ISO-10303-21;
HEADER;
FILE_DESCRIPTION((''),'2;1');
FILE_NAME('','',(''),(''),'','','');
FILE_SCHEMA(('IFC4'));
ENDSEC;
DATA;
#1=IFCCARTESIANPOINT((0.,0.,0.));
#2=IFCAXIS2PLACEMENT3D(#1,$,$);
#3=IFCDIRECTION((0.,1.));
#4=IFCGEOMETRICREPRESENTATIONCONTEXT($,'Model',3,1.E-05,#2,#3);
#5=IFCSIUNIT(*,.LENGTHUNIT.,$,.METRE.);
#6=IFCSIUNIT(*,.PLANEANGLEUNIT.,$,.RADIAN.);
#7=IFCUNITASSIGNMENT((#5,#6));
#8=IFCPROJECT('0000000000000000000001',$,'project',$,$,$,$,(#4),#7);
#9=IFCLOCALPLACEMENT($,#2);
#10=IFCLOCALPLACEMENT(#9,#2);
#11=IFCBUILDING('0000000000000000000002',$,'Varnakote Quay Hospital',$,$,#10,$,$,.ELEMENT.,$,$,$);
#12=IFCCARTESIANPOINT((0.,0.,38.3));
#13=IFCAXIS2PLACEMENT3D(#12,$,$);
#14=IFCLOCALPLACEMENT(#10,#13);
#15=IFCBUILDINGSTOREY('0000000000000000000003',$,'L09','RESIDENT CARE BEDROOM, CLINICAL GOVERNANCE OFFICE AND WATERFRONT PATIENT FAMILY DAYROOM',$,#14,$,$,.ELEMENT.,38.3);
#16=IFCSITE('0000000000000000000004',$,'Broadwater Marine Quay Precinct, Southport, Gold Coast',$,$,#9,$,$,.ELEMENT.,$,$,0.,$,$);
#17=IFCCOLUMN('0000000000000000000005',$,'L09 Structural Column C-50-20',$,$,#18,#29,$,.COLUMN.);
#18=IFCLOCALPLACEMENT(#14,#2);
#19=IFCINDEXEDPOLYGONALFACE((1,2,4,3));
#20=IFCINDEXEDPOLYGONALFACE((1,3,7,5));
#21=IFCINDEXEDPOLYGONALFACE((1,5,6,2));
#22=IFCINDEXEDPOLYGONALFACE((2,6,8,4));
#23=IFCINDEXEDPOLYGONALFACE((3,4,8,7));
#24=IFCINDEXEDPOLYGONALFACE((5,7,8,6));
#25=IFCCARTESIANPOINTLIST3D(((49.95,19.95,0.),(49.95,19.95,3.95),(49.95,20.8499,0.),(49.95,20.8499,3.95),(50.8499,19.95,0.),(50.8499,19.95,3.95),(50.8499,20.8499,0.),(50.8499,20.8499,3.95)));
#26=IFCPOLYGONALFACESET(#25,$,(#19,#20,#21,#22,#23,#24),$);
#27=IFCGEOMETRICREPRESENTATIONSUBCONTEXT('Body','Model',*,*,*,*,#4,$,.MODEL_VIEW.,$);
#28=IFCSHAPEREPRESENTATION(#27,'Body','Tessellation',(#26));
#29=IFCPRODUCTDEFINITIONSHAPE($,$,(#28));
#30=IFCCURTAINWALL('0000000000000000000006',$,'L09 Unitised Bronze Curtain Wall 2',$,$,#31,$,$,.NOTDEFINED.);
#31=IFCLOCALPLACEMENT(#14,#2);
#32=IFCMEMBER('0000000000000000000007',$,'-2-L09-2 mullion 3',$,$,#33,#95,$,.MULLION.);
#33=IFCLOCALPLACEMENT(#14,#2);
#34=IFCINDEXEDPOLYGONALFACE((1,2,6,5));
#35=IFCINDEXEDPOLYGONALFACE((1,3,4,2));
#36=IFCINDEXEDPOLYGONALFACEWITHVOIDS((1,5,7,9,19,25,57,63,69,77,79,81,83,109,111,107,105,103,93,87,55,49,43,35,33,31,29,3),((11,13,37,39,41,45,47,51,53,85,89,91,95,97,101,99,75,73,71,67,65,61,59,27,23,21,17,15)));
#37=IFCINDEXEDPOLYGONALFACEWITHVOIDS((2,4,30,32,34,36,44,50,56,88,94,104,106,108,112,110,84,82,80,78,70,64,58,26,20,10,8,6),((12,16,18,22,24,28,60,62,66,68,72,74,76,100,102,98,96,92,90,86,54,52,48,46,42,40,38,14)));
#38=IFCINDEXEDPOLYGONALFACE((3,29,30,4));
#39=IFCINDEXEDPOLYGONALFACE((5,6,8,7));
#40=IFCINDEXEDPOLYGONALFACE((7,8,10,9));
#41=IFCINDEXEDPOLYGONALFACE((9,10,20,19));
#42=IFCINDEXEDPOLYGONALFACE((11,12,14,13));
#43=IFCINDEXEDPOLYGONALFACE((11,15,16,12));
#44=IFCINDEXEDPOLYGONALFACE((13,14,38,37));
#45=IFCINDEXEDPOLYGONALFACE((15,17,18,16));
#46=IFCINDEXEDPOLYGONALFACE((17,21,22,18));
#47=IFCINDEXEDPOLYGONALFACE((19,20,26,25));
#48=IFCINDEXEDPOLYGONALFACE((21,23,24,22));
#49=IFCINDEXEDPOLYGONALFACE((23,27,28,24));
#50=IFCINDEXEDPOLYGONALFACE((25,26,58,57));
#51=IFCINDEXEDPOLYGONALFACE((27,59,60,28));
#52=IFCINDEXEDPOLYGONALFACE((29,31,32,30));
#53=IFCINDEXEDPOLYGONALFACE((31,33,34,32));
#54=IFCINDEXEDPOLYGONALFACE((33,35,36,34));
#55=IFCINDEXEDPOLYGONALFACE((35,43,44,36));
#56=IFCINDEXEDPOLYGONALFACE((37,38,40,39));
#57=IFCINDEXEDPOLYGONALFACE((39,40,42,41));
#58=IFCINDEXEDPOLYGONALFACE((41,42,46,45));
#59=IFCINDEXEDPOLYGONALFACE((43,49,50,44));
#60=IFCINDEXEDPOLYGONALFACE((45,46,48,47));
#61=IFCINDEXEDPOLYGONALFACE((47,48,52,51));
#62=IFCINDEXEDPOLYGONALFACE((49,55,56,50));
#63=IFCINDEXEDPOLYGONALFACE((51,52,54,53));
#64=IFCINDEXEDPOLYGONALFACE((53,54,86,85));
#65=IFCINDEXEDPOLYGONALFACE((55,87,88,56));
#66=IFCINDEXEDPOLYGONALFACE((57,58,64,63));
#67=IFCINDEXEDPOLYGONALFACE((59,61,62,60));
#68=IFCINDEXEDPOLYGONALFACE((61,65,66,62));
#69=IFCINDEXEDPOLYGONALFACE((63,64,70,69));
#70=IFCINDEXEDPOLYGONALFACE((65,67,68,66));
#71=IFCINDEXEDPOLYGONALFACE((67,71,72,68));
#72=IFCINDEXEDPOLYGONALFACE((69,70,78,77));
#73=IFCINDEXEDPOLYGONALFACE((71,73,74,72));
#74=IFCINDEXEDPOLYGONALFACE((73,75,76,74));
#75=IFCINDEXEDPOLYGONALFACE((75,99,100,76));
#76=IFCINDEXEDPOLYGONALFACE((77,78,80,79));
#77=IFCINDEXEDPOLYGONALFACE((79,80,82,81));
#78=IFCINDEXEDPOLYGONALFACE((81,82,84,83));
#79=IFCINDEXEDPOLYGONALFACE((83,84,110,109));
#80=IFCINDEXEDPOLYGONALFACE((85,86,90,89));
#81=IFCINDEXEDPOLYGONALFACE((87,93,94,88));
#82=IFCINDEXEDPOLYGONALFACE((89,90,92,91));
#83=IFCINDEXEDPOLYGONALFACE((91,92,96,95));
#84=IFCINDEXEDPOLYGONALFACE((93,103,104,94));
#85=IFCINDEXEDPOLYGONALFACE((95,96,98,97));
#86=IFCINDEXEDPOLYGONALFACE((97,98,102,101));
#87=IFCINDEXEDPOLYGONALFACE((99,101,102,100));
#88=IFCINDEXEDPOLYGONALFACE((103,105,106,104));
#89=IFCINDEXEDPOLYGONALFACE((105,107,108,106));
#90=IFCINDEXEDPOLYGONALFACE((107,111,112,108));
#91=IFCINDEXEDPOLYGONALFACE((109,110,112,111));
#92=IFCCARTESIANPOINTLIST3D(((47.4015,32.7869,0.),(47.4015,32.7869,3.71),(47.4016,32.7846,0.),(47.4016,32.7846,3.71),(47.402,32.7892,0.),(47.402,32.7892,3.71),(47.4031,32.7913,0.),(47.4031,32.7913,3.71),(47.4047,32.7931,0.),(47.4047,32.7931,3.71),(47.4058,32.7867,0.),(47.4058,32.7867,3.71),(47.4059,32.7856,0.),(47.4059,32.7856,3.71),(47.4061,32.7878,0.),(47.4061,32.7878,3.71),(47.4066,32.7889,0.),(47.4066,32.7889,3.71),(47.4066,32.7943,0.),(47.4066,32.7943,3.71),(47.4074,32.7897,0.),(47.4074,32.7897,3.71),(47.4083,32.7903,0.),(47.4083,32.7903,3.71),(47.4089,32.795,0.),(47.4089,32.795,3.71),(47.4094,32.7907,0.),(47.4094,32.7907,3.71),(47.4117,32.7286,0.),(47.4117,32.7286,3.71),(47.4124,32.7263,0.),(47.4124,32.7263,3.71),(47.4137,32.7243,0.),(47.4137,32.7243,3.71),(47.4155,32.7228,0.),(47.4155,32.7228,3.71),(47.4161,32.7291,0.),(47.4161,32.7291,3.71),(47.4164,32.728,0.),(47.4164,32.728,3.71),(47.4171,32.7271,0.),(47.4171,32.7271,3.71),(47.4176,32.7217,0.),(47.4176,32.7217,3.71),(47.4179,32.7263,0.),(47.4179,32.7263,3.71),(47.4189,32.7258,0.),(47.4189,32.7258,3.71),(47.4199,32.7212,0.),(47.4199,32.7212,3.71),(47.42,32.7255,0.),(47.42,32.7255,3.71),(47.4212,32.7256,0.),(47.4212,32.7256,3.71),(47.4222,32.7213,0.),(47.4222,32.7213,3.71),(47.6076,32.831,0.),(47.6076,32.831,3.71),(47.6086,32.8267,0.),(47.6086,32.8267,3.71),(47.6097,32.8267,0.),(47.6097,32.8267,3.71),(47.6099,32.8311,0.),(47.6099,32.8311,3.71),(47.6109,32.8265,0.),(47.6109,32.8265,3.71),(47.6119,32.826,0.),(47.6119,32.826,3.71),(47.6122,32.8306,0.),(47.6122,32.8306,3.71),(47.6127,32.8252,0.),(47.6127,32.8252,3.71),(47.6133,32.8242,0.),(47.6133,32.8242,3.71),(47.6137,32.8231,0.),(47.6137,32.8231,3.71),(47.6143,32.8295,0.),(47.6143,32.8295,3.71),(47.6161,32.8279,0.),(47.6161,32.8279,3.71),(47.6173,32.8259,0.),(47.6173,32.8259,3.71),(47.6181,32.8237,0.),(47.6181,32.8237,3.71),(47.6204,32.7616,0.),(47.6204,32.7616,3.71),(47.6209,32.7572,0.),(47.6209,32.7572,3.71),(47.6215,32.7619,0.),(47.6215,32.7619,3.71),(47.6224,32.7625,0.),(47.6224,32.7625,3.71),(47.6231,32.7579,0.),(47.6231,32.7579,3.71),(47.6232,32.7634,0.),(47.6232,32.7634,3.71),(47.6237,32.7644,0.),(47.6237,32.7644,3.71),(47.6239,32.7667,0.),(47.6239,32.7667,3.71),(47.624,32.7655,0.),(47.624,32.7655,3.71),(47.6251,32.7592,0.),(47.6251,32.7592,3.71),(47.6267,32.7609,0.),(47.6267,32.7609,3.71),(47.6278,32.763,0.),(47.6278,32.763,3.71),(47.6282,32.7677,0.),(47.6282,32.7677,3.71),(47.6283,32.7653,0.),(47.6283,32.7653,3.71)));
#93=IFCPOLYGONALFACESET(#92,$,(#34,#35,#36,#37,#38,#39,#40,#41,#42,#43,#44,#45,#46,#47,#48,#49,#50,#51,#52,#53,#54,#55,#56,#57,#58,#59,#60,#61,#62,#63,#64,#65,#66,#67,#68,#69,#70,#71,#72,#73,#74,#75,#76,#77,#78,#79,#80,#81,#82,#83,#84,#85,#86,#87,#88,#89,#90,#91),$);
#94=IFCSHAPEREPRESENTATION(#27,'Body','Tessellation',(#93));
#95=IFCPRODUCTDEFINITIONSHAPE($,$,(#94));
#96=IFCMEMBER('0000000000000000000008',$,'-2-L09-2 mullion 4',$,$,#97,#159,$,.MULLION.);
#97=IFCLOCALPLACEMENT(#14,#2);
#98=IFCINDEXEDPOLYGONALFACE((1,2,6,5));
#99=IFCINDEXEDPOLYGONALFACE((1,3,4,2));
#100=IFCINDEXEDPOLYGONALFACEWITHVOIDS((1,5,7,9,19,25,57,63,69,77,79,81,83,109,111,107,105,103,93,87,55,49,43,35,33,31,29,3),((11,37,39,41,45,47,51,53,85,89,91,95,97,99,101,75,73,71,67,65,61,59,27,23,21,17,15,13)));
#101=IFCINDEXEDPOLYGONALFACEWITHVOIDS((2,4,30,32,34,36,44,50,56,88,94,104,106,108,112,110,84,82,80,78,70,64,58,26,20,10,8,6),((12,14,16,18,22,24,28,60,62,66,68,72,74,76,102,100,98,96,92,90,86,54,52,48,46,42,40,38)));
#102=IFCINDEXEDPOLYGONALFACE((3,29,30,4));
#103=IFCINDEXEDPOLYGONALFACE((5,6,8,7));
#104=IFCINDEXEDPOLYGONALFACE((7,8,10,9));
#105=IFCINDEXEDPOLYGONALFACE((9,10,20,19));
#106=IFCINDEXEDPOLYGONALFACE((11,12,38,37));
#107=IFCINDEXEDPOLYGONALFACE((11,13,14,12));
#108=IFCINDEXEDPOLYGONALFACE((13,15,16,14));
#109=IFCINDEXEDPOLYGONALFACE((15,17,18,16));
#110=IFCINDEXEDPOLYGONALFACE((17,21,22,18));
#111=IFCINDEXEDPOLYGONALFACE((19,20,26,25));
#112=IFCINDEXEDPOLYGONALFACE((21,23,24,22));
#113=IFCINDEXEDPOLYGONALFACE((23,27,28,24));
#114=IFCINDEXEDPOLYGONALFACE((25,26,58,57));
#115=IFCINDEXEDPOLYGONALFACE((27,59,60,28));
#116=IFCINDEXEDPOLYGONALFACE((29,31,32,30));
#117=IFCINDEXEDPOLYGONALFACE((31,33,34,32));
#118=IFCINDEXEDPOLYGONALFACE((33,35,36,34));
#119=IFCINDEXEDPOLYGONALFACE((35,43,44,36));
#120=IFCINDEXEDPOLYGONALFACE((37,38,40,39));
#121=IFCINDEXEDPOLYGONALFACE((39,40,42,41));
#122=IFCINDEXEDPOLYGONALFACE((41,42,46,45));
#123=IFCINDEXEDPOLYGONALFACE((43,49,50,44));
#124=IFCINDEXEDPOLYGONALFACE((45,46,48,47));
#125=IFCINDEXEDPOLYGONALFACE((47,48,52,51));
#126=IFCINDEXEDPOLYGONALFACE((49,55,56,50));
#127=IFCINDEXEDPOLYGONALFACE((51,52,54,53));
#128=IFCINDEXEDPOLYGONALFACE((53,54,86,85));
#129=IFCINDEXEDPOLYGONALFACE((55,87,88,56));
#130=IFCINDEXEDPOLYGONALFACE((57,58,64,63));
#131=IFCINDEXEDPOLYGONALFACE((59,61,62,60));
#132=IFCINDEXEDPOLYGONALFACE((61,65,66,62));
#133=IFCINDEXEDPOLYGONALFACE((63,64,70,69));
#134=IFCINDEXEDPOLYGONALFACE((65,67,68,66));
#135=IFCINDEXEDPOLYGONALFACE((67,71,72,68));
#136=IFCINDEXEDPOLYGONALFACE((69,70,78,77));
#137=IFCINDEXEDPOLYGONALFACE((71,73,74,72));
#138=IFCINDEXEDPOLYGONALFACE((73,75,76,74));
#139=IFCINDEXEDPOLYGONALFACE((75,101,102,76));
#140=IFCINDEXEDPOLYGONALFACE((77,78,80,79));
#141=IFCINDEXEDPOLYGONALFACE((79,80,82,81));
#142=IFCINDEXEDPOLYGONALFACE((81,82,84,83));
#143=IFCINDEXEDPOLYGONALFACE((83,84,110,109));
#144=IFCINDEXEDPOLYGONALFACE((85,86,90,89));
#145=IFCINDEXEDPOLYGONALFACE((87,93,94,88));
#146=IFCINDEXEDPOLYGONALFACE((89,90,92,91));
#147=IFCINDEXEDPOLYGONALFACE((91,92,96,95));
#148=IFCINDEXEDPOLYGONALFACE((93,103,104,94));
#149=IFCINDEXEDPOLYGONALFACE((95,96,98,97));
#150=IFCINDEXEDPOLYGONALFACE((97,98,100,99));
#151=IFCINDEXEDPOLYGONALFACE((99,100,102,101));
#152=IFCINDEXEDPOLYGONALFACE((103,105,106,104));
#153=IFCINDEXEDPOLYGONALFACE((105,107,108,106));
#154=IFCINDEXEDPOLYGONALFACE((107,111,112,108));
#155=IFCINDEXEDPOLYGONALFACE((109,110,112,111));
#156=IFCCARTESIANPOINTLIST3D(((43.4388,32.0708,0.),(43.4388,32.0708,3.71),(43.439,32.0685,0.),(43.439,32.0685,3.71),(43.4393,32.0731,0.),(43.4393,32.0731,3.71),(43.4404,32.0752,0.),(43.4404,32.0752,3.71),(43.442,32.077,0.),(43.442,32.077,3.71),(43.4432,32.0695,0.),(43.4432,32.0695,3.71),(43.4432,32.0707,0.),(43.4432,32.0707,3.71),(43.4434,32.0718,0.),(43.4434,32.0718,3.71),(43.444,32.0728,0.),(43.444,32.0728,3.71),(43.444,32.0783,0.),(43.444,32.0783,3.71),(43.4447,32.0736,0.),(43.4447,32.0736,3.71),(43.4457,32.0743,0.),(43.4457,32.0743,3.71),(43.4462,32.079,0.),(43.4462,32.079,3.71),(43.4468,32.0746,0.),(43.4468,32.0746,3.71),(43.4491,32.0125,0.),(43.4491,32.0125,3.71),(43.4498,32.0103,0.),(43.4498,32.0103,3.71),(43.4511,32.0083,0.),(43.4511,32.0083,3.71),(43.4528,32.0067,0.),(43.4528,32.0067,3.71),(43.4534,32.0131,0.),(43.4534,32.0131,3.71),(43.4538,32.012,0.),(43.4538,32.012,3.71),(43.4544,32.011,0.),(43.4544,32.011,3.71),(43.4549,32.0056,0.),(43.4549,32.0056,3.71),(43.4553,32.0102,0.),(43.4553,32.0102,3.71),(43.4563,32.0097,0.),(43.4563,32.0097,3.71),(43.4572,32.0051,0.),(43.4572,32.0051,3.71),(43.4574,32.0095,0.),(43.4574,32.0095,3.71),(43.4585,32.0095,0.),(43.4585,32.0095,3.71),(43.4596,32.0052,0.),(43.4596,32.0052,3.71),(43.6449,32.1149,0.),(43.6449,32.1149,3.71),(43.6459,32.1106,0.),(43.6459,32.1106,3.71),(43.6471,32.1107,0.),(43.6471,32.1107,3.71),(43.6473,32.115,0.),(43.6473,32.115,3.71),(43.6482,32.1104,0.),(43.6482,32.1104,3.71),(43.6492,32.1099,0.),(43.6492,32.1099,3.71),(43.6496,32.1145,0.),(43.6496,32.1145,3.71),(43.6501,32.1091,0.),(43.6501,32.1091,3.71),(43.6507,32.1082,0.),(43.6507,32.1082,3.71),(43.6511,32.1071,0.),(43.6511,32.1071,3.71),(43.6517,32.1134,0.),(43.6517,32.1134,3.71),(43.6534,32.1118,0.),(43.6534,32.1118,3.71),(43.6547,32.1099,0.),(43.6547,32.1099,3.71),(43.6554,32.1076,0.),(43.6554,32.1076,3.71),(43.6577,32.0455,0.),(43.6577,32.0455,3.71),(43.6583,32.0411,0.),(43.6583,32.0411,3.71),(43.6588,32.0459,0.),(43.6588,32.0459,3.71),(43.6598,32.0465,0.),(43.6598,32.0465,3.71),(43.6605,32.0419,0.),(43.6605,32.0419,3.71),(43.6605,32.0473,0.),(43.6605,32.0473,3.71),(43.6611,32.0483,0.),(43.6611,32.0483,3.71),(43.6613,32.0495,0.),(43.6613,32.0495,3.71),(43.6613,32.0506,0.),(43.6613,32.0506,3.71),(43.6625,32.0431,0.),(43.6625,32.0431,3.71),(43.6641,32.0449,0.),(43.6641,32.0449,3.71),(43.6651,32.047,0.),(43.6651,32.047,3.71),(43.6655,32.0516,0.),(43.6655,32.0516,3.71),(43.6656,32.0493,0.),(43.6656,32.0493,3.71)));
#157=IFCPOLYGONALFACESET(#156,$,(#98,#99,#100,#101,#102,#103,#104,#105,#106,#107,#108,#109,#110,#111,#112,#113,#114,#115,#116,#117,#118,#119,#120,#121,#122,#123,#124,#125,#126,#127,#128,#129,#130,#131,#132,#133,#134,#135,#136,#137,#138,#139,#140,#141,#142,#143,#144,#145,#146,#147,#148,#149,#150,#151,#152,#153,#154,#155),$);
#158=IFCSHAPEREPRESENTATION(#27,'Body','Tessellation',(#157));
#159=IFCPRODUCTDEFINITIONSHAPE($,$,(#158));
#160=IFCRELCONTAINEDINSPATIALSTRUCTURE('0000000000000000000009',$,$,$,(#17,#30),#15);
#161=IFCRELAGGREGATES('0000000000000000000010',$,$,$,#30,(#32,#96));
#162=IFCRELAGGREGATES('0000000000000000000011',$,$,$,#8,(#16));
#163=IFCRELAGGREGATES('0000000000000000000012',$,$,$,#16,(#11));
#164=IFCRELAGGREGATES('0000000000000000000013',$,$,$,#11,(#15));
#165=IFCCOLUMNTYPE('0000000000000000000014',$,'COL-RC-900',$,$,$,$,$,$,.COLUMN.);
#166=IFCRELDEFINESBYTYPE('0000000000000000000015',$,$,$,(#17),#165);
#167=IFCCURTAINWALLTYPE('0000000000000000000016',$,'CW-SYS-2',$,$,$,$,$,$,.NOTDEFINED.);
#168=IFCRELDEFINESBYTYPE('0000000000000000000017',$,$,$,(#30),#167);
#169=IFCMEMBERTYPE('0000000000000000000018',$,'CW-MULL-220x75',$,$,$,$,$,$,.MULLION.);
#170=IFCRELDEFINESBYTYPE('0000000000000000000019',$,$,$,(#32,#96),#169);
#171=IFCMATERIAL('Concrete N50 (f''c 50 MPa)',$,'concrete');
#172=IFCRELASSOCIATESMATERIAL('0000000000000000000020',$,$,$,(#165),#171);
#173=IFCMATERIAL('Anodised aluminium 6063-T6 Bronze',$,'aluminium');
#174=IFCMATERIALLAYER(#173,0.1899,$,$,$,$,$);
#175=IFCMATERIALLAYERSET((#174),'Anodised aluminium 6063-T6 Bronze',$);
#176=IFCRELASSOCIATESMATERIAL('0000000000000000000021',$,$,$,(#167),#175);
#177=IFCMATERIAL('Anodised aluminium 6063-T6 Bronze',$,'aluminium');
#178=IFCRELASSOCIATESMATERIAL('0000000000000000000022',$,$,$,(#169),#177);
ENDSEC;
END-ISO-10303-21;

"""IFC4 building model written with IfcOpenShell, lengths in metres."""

from ifc_helpers import new_model, si_unit, direction, frame, origin, origin_2d, place, context, subcontext, project, spatial, rectangle, hollow_rectangle, extrude, material, layer, layer_set, material_profile, profile_set, type_object, element, aggregate, save


model = new_model("IFC4")

# Units and contexts
model_context = context("Model", 3, precision=1e-05, world=origin(), true_north=direction((0.0, 1.0)))
body_context = subcontext(model_context, "Body", "Model", "MODEL_VIEW")
ifc_project = project(units=[si_unit("LENGTHUNIT", "METRE"), si_unit("PLANEANGLEUNIT", "RADIAN")], contexts=[model_context])

# Site, building, storey
site_placement = place(None, origin())
site = spatial("IfcSite", under=ifc_project, at=site_placement, Name="Broadwater Marine Quay Precinct, Southport, Gold Coast", CompositionType="ELEMENT", RefElevation=0.0)
building_placement = place(site_placement, origin())
building = spatial("IfcBuilding", under=site, at=building_placement, Name="Varnakote Quay Hospital", CompositionType="ELEMENT")
storey_placement = place(building_placement, frame((0.0, 0.0, 38.3)))
storey = spatial("IfcBuildingStorey", under=building, at=storey_placement, Name="L09", Description="RESIDENT CARE BEDROOM, CLINICAL GOVERNANCE OFFICE AND WATERFRONT PATIENT FAMILY DAYROOM", CompositionType="ELEMENT", Elevation=38.3)

# Column
ifc_material_1 = material(Name="Concrete N50 (f'c 50 MPa)", Category="concrete")
ifc_material_profile_1 = material_profile(ifc_material_1, rectangle(XDim=0.8999, YDim=0.8999, at=origin_2d()), Name="RC-COL-900x900")
ifc_profile_set_1 = profile_set([ifc_material_profile_1], Name="Concrete N50 (f'c 50 MPa)")
column_type = type_object("IfcColumnType", Name="COL-RC-900", PredefinedType="COLUMN", material=ifc_profile_set_1)
column_placement = place(storey_placement, frame((50.3999, 20.3999, 0.0), z_axis=(0.0, 0.0, 1.0), x_axis=(1.0, 0.0, 0.0)))
element("IfcColumn", 1, at=column_placement, inside=storey, type_object=column_type, Name="L09 Structural Column C-50-20", PredefinedType="COLUMN", context=body_context, shape_type="SweptSolid", body=[
    extrude(rectangle(XDim=0.8999, YDim=0.8999, at=origin_2d()), origin(), (0.0, 0.0, 1.0), 3.95),
])

# Curtain wall, members
ifc_material_2 = material(Name="Anodised aluminium 6063-T6 Bronze", Category="aluminium")
ifc_layer_1 = layer(ifc_material_2, 0.1899)
ifc_layer_set_1 = layer_set([ifc_layer_1], Name="Anodised aluminium 6063-T6 Bronze")
curtain_wall_type = type_object("IfcCurtainWallType", Name="CW-SYS-2", PredefinedType="NOTDEFINED", material=ifc_layer_set_1)
curtain_wall_placement = place(storey_placement, origin())
curtain_wall = element("IfcCurtainWall", 2, at=curtain_wall_placement, inside=storey, type_object=curtain_wall_type, Name="L09 Unitised Bronze Curtain Wall 2", PredefinedType="NOTDEFINED")
ifc_material_3 = material(Name="Anodised aluminium 6063-T6 Bronze", Category="aluminium")
ifc_material_profile_2 = material_profile(ifc_material_3, hollow_rectangle(XDim=0.075, YDim=0.22, WallThickness=0.0044, InnerFilletRadius=0.0044, OuterFilletRadius=0.009, at=origin_2d()), Name="CW-MULL-220x75")
ifc_profile_set_2 = profile_set([ifc_material_profile_2], Name="Anodised aluminium 6063-T6 Bronze")
member_type_1 = type_object("IfcMemberType", Name="CW-MULL-220x75", PredefinedType="MULLION", material=ifc_profile_set_2)
member_1_placement = place(storey_placement, frame((47.5149, 32.7761, 0.0), z_axis=(0.0, 0.0, 1.0), x_axis=(0.177846, -0.984058, 0.0)))
member_1 = element("IfcMember", 3, at=member_1_placement, type_object=member_type_1, Name="-2-L09-2 mullion 3", PredefinedType="MULLION", context=body_context, shape_type="SweptSolid", body=[
    extrude(hollow_rectangle(XDim=0.075, YDim=0.22, WallThickness=0.0044, InnerFilletRadius=0.0044, OuterFilletRadius=0.009, at=origin_2d()), origin(), (0.0, 0.0, 1.0), 3.71),
])
member_2_placement = place(storey_placement, frame((43.5522, 32.0601, 0.0), z_axis=(0.0, 0.0, 1.0), x_axis=(0.177846, -0.984058, 0.0)))
member_2 = element("IfcMember", 4, at=member_2_placement, type_object=member_type_1, Name="-2-L09-2 mullion 4", PredefinedType="MULLION", context=body_context, shape_type="SweptSolid", body=[
    extrude(hollow_rectangle(XDim=0.075, YDim=0.22, WallThickness=0.0044, InnerFilletRadius=0.0044, OuterFilletRadius=0.009, at=origin_2d()), origin(), (0.0, 0.0, 1.0), 3.71),
])
aggregate(curtain_wall, [member_1, member_2])

save(model, "model.ifc")
